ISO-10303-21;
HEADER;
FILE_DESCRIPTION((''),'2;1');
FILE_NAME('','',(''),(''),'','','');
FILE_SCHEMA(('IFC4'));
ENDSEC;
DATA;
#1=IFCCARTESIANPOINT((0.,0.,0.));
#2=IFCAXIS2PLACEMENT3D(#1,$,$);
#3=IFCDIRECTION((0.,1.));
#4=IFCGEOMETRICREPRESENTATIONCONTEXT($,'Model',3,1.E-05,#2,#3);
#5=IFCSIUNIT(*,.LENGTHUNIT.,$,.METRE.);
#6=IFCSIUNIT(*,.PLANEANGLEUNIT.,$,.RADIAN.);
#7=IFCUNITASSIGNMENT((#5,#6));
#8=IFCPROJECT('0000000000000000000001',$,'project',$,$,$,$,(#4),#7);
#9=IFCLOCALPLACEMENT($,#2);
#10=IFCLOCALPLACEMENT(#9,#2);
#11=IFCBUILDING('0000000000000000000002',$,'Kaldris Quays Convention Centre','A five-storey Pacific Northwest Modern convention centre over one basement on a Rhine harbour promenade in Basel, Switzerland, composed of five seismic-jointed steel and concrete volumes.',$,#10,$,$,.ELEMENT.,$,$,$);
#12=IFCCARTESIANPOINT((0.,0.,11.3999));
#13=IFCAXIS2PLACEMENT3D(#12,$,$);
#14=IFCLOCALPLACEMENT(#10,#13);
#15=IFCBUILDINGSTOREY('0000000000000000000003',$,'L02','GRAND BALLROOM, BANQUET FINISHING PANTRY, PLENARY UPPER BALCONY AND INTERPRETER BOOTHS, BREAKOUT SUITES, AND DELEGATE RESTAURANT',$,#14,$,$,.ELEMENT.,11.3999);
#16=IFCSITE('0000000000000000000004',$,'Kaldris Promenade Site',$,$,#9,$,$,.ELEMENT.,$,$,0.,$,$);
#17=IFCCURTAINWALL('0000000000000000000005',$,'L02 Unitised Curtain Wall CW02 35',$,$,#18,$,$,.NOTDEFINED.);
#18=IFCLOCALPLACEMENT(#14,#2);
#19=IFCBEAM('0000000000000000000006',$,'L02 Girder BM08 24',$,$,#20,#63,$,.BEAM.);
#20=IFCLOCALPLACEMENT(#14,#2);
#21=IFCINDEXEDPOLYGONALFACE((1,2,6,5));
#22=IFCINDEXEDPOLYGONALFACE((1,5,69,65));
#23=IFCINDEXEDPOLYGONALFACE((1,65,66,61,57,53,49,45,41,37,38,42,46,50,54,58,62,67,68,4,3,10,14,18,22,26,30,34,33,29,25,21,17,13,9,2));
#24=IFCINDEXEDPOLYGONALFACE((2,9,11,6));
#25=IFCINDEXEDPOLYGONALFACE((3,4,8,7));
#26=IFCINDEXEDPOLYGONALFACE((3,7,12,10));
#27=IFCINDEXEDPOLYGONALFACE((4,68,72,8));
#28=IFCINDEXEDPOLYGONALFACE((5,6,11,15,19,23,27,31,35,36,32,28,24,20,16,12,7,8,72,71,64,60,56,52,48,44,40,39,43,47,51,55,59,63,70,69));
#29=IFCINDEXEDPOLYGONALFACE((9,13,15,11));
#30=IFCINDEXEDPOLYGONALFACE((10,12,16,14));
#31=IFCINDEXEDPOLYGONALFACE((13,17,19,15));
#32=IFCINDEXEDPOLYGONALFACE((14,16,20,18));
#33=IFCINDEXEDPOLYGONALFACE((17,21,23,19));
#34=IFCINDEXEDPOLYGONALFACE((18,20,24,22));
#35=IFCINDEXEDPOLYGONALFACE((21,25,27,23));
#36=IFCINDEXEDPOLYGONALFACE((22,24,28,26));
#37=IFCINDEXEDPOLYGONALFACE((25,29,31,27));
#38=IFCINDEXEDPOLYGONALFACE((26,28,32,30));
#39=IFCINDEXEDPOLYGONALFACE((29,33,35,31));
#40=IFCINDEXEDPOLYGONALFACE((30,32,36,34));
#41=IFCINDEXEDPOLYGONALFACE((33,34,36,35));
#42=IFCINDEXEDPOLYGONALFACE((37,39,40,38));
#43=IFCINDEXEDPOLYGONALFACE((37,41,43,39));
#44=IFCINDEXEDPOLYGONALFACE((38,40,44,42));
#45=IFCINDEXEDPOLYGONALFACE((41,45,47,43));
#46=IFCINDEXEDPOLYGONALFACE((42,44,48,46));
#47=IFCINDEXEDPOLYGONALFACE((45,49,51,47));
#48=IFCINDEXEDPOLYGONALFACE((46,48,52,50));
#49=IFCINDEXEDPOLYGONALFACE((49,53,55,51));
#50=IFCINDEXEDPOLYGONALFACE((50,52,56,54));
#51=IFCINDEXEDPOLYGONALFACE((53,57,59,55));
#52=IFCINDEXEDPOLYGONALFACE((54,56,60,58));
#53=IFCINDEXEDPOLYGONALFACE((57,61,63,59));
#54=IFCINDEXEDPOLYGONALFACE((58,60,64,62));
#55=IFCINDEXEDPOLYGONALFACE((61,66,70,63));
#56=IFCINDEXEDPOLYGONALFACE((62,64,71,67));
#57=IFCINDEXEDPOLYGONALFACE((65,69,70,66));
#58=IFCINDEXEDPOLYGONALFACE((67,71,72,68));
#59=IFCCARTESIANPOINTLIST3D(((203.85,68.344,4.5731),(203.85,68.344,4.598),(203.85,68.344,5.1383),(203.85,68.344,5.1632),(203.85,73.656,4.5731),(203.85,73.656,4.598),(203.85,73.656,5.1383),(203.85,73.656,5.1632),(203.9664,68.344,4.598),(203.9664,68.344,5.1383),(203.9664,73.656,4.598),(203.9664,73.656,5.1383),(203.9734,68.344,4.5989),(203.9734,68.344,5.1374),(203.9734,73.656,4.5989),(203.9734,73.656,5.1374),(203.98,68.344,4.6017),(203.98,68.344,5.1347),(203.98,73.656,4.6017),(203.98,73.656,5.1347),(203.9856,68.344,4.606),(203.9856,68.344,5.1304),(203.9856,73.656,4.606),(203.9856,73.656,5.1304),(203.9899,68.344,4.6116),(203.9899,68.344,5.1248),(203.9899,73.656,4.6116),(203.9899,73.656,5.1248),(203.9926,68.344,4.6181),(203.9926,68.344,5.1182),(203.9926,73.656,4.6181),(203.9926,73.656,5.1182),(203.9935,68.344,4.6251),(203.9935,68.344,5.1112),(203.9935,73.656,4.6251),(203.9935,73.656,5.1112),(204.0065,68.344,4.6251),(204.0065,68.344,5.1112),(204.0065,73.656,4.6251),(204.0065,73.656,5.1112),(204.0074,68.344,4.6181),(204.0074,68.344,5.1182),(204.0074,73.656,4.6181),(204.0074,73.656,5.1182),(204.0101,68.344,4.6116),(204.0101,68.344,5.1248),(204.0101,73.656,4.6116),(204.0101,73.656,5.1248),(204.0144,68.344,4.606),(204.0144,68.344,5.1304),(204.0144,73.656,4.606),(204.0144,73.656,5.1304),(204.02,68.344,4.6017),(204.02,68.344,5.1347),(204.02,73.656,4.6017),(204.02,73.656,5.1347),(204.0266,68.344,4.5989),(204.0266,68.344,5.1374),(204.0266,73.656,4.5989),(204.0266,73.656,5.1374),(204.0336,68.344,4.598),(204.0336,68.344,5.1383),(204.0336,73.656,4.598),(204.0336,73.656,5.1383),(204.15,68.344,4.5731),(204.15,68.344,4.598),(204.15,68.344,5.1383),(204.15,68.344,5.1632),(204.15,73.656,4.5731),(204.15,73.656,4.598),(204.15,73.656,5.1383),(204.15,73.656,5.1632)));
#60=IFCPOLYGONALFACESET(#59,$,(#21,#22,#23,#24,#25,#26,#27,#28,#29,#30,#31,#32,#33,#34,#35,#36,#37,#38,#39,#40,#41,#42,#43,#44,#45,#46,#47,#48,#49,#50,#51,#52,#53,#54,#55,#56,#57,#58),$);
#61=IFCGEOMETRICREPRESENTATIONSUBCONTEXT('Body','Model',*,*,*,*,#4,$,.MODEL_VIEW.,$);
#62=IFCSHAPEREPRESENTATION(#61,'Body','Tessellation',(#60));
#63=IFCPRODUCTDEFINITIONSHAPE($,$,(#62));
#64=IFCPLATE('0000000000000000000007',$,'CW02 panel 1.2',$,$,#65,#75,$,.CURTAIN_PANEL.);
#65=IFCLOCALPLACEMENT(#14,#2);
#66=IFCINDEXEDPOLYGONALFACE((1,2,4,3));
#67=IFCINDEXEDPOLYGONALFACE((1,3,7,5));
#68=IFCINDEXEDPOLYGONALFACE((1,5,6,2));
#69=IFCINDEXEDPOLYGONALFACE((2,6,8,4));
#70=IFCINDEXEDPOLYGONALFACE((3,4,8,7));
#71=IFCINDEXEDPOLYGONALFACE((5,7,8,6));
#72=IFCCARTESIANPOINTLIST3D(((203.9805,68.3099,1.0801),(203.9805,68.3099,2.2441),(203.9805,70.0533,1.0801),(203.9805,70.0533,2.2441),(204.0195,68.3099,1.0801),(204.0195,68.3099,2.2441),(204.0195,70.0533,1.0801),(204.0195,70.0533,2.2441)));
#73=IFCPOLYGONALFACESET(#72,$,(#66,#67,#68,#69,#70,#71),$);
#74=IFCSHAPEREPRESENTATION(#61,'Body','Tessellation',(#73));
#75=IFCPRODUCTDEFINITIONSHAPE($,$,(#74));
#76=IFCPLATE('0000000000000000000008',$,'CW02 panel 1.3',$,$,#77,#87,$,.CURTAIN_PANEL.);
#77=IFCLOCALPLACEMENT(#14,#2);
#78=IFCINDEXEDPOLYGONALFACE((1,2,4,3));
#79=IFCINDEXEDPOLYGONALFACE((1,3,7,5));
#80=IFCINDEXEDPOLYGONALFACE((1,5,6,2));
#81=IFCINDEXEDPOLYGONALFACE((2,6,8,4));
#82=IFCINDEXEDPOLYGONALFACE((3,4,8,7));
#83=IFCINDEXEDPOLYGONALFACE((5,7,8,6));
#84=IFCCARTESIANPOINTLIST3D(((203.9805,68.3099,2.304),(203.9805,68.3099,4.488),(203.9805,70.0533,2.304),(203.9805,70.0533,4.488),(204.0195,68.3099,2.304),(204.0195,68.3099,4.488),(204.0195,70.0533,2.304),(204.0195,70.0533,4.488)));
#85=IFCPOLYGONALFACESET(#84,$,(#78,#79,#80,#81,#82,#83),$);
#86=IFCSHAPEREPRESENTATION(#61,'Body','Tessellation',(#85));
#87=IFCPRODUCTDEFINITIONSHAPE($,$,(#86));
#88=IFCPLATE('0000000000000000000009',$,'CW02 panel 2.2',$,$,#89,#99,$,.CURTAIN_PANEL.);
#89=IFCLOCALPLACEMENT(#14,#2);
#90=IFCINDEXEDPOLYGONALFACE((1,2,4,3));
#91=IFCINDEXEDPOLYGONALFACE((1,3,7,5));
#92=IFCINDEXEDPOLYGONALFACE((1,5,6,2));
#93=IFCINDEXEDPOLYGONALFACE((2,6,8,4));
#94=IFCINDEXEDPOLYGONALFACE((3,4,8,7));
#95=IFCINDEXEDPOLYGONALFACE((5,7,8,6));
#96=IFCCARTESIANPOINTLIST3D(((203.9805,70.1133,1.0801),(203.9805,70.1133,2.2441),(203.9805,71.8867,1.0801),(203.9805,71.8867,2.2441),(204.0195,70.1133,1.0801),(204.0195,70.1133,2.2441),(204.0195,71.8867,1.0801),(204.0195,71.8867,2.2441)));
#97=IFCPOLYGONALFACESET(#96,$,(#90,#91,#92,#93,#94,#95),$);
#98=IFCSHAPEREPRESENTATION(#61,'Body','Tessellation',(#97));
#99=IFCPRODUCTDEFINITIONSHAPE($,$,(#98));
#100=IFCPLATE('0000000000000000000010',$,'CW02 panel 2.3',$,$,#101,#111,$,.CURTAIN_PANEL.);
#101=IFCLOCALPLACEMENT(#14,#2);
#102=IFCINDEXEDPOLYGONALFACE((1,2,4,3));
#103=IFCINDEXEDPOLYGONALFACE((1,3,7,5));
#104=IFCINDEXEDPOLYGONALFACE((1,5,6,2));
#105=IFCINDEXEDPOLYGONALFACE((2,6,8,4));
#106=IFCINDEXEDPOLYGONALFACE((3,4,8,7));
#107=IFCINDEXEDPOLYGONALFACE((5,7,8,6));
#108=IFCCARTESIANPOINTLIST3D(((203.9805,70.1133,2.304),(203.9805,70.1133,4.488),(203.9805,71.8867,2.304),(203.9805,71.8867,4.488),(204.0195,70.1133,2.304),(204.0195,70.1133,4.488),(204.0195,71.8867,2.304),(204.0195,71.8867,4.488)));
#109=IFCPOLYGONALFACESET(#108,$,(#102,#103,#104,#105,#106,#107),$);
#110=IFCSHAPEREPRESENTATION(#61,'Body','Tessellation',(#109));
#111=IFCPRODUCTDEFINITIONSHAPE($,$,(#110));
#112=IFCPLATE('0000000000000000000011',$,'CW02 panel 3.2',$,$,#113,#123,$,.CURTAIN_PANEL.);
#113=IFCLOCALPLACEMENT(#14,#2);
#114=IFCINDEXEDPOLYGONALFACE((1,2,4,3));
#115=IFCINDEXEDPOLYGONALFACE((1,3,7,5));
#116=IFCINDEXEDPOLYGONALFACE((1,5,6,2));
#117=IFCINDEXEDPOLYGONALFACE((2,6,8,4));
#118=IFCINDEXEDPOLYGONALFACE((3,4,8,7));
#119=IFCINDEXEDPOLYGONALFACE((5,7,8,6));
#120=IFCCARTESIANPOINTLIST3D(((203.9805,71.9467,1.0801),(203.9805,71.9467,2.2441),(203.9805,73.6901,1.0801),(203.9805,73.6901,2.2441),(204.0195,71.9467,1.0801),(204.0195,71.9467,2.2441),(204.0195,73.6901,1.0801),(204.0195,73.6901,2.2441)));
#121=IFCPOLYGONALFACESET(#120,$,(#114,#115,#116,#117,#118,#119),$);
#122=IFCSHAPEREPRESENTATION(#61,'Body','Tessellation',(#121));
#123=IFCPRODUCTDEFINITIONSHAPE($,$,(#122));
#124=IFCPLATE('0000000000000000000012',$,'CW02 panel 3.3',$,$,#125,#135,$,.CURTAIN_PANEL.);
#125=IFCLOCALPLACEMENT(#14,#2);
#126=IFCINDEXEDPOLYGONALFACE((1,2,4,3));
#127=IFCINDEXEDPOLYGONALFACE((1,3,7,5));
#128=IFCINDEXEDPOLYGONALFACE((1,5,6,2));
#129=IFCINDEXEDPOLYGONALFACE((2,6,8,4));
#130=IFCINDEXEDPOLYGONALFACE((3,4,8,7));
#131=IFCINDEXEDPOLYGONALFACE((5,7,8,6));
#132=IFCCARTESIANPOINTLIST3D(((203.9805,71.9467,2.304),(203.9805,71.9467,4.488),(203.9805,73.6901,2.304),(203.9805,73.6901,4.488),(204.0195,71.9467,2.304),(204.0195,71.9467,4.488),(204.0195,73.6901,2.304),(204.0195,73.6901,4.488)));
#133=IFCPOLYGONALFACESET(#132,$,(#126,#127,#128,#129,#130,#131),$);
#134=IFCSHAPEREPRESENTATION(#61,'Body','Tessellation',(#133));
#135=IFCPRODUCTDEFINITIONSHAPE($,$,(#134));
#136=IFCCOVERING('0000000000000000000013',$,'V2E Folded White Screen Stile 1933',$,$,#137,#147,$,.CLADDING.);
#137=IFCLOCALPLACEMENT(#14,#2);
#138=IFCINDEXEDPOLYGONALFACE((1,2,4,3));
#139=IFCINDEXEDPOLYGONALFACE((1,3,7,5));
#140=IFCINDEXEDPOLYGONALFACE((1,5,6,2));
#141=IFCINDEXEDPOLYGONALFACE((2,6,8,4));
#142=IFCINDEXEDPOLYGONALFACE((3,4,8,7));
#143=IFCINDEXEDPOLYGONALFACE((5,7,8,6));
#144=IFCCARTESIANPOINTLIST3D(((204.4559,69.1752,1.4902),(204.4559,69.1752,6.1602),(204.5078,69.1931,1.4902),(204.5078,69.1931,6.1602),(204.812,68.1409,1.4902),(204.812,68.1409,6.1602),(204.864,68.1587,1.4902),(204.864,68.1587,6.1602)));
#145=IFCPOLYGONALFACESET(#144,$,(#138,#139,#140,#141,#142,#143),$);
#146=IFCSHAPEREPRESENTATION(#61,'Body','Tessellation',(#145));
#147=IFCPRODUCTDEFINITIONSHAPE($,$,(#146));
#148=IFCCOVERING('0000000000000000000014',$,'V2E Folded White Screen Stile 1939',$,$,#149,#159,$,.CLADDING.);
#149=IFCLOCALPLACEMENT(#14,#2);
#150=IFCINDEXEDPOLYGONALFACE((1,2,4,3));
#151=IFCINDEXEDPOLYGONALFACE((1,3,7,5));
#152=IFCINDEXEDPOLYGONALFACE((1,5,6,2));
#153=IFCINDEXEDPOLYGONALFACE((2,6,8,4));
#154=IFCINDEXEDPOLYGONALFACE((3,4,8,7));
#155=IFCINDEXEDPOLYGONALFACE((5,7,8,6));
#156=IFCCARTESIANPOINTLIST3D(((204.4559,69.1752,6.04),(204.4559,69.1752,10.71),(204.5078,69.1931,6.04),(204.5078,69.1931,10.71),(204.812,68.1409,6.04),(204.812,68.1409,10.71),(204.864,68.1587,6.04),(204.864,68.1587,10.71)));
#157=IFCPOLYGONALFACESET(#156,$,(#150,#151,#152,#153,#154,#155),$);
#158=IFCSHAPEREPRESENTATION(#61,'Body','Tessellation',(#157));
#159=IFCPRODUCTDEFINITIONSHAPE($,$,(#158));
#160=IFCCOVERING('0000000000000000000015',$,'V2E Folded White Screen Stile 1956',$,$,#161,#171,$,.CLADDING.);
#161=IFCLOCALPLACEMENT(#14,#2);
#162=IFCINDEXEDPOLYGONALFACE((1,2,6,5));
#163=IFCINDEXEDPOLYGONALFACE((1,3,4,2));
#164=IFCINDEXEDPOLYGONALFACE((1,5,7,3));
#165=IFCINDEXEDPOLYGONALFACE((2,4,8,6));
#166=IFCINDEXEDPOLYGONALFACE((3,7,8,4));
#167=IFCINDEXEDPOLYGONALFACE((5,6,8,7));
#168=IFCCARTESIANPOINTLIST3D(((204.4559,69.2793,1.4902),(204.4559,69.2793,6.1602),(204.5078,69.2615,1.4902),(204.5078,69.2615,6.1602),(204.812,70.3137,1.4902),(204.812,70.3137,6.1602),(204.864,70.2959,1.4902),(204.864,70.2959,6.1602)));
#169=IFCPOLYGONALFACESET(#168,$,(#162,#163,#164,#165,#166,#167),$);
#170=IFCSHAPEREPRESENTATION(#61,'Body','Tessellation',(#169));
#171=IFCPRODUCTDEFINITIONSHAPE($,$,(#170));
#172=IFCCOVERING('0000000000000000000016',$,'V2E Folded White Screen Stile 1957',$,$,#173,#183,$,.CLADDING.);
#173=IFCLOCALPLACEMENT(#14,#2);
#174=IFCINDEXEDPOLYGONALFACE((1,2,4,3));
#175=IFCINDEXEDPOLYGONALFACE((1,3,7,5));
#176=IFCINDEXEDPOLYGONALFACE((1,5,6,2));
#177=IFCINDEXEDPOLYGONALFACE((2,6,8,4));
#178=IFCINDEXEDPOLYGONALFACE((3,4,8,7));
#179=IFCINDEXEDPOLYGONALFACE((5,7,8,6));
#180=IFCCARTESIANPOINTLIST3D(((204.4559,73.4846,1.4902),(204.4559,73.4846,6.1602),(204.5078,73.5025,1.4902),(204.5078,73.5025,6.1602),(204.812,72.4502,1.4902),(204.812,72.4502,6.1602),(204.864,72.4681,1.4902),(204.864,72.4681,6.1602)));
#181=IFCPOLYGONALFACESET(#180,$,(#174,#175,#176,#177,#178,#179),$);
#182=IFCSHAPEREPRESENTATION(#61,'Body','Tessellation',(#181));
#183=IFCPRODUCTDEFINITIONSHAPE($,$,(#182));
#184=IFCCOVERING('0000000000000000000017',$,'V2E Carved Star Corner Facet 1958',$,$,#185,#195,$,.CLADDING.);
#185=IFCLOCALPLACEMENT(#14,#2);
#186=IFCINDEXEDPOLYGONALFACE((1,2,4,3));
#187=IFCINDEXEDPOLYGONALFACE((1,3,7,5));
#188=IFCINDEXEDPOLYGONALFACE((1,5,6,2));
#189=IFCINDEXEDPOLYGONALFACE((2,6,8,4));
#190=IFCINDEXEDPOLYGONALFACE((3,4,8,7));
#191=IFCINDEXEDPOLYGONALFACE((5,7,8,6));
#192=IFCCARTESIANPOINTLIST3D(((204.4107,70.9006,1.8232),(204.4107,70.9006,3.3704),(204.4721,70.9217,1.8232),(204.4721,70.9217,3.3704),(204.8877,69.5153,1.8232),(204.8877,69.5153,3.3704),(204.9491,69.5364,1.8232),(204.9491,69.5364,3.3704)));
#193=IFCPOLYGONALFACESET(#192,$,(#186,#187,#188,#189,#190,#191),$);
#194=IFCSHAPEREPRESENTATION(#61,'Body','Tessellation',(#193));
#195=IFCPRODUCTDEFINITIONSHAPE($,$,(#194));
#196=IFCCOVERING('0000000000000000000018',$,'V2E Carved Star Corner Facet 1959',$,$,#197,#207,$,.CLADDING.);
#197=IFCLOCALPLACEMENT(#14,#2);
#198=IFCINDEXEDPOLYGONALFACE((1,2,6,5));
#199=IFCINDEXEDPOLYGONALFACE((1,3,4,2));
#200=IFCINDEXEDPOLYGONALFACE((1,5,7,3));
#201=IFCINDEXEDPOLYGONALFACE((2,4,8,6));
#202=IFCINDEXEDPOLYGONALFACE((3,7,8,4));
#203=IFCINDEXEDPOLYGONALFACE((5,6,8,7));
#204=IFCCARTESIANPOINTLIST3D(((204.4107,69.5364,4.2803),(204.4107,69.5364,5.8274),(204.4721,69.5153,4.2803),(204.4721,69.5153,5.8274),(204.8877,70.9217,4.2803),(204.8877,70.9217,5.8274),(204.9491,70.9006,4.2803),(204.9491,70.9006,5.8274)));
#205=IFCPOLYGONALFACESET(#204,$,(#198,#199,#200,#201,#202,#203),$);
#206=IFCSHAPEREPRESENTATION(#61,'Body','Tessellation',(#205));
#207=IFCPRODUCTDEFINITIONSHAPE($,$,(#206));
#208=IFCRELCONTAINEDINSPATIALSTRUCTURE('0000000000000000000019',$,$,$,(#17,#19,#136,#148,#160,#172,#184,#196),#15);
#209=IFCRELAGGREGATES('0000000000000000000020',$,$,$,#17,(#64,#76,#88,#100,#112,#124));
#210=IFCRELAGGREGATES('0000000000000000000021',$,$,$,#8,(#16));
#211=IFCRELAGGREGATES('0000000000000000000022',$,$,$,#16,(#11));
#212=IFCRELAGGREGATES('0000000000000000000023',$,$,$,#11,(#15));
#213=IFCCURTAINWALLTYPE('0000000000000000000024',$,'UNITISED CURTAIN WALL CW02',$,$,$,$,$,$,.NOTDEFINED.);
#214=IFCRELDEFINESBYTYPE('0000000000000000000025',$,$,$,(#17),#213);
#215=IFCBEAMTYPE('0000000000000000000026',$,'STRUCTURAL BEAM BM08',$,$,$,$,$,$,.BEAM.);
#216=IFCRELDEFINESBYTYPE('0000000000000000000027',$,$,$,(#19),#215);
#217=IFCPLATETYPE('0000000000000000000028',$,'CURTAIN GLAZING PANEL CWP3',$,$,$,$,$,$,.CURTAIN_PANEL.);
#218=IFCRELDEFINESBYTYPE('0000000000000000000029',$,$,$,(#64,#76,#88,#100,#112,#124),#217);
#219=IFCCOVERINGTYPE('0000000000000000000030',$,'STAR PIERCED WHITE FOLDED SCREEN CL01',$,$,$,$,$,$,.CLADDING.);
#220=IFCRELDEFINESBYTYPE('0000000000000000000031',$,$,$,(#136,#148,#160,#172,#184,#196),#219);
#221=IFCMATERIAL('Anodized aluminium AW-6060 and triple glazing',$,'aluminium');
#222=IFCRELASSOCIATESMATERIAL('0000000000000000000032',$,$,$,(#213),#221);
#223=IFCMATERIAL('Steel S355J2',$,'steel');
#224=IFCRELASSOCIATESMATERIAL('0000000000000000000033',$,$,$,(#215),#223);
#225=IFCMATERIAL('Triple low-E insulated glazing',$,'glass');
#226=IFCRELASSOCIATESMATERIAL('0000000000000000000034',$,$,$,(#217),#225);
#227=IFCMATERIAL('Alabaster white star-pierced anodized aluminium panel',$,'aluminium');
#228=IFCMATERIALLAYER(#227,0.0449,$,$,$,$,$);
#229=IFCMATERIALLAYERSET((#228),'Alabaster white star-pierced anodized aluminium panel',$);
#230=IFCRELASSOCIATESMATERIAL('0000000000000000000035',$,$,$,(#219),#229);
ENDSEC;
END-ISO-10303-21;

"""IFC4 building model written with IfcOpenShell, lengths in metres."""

from ifc_helpers import new_model, si_unit, direction, frame, origin, origin_2d, place, context, subcontext, project, spatial, rectangle, i_section, extrude, material, layer, layer_set, material_profile, profile_set, type_object, element, aggregate, save


model = new_model("IFC4")

# Units and contexts
model_context = context("Model", 3, precision=1e-05, world=origin(), true_north=direction((0.0, 1.0)))
body_context = subcontext(model_context, "Body", "Model", "MODEL_VIEW")
ifc_project = project(units=[si_unit("LENGTHUNIT", "METRE"), si_unit("PLANEANGLEUNIT", "RADIAN")], contexts=[model_context])

# Site, building, storey
site_placement = place(None, origin())
site = spatial("IfcSite", under=ifc_project, at=site_placement, Name="Kaldris Promenade Site", CompositionType="ELEMENT", RefElevation=0.0)
building_placement = place(site_placement, origin())
building = spatial("IfcBuilding", under=site, at=building_placement, Name="Kaldris Quays Convention Centre", Description="A five-storey Pacific Northwest Modern convention centre over one basement on a Rhine harbour promenade in Basel, Switzerland, composed of five seismic-jointed steel and concrete volumes.", CompositionType="ELEMENT")
storey_placement = place(building_placement, frame((0.0, 0.0, 11.3999)))
storey = spatial("IfcBuildingStorey", under=building, at=storey_placement, Name="L02", Description="GRAND BALLROOM, BANQUET FINISHING PANTRY, PLENARY UPPER BALCONY AND INTERPRETER BOOTHS, BREAKOUT SUITES, AND DELEGATE RESTAURANT", CompositionType="ELEMENT", Elevation=11.3999)

# Curtain wall
ifc_material_1 = material(Name="Anodized aluminium AW-6060 and triple glazing", Category="aluminium")
curtain_wall_type = type_object("IfcCurtainWallType", Name="UNITISED CURTAIN WALL CW02", PredefinedType="NOTDEFINED", material=ifc_material_1)
curtain_wall_placement = place(storey_placement, origin())
curtain_wall = element("IfcCurtainWall", 1, at=curtain_wall_placement, inside=storey, type_object=curtain_wall_type, Name="L02 Unitised Curtain Wall CW02 35", PredefinedType="NOTDEFINED")

# Beam
ifc_material_2 = material(Name="Steel S355J2", Category="steel")
ifc_material_profile_1 = material_profile(ifc_material_2, i_section(OverallWidth=0.3, OverallDepth=0.5901, WebThickness=0.0129, FlangeThickness=0.0249, FilletRadius=0.0271, at=origin_2d()), Name="HEA 600")
ifc_profile_set_1 = profile_set([ifc_material_profile_1], Name="Steel S355J2")
beam_type = type_object("IfcBeamType", Name="STRUCTURAL BEAM BM08", PredefinedType="BEAM", material=ifc_profile_set_1)
beam_placement = place(storey_placement, frame((204.0, 68.344, 4.8682), z_axis=(0.0, 1.0, 0.0), x_axis=(-1.0, 0.0, 0.0)))
element("IfcBeam", 2, at=beam_placement, inside=storey, type_object=beam_type, Name="L02 Girder BM08 24", PredefinedType="BEAM", context=body_context, shape_type="SweptSolid", body=[
    extrude(i_section(OverallWidth=0.3, OverallDepth=0.5901, WebThickness=0.0129, FlangeThickness=0.0249, FilletRadius=0.0271, at=origin_2d()), origin(), (0.0, 0.0, 1.0), 5.312),
])

# Plates
ifc_material_3 = material(Name="Triple low-E insulated glazing", Category="glass")
plate_type = type_object("IfcPlateType", Name="CURTAIN GLAZING PANEL CWP3", PredefinedType="CURTAIN_PANEL", material=ifc_material_3)
plate_1_placement = place(storey_placement, frame((204.0, 69.1816, 1.0801), z_axis=(0.0, 0.0, 1.0), x_axis=(0.0, 1.0, 0.0)))
plate_1 = element("IfcPlate", 3, at=plate_1_placement, type_object=plate_type, Name="CW02 panel 1.2", PredefinedType="CURTAIN_PANEL", context=body_context, shape_type="SweptSolid", body=[
    extrude(rectangle(XDim=1.7434, YDim=0.0391, at=origin_2d()), origin(), (0.0, 0.0, 1.0), 1.1641),
])
plate_2_placement = place(storey_placement, frame((204.0, 69.1816, 2.304), z_axis=(0.0, 0.0, 1.0), x_axis=(0.0, 1.0, 0.0)))
plate_2 = element("IfcPlate", 4, at=plate_2_placement, type_object=plate_type, Name="CW02 panel 1.3", PredefinedType="CURTAIN_PANEL", context=body_context, shape_type="SweptSolid", body=[
    extrude(rectangle(XDim=1.7434, YDim=0.0391, at=origin_2d()), origin(), (0.0, 0.0, 1.0), 2.1841),
])
plate_3_placement = place(storey_placement, frame((204.0, 71.0, 1.0801), z_axis=(0.0, 0.0, 1.0), x_axis=(0.0, 1.0, 0.0)))
plate_3 = element("IfcPlate", 5, at=plate_3_placement, type_object=plate_type, Name="CW02 panel 2.2", PredefinedType="CURTAIN_PANEL", context=body_context, shape_type="SweptSolid", body=[
    extrude(rectangle(XDim=1.7734, YDim=0.0391, at=origin_2d()), origin(), (0.0, 0.0, 1.0), 1.1641),
])
plate_4_placement = place(storey_placement, frame((204.0, 71.0, 2.304), z_axis=(0.0, 0.0, 1.0), x_axis=(0.0, 1.0, 0.0)))
plate_4 = element("IfcPlate", 6, at=plate_4_placement, type_object=plate_type, Name="CW02 panel 2.3", PredefinedType="CURTAIN_PANEL", context=body_context, shape_type="SweptSolid", body=[
    extrude(rectangle(XDim=1.7734, YDim=0.0391, at=origin_2d()), origin(), (0.0, 0.0, 1.0), 2.1841),
])
plate_5_placement = place(storey_placement, frame((204.0, 72.8184, 1.0801), z_axis=(0.0, 0.0, 1.0), x_axis=(0.0, 1.0, 0.0)))
plate_5 = element("IfcPlate", 7, at=plate_5_placement, type_object=plate_type, Name="CW02 panel 3.2", PredefinedType="CURTAIN_PANEL", context=body_context, shape_type="SweptSolid", body=[
    extrude(rectangle(XDim=1.7434, YDim=0.0391, at=origin_2d()), origin(), (0.0, 0.0, 1.0), 1.1641),
])
plate_6_placement = place(storey_placement, frame((204.0, 72.8184, 2.304), z_axis=(0.0, 0.0, 1.0), x_axis=(0.0, 1.0, 0.0)))
plate_6 = element("IfcPlate", 8, at=plate_6_placement, type_object=plate_type, Name="CW02 panel 3.3", PredefinedType="CURTAIN_PANEL", context=body_context, shape_type="SweptSolid", body=[
    extrude(rectangle(XDim=1.7434, YDim=0.0391, at=origin_2d()), origin(), (0.0, 0.0, 1.0), 2.1841),
])
aggregate(curtain_wall, [plate_1, plate_2, plate_3, plate_4, plate_5, plate_6])

# Coverings
ifc_material_4 = material(Name="Alabaster white star-pierced anodized aluminium panel", Category="aluminium")
ifc_layer = layer(ifc_material_4, 0.0449)
ifc_layer_set = layer_set([ifc_layer], Name="Alabaster white star-pierced anodized aluminium panel")
covering_type = type_object("IfcCoveringType", Name="STAR PIERCED WHITE FOLDED SCREEN CL01", PredefinedType="CLADDING", material=ifc_layer_set)
for number, where, z_axis, x_axis, name in (
    (9, (204.6599, 68.667, 1.4902), (0.0, 0.0, 1.0), (-0.325568, 0.945519, 0.0), "V2E Folded White Screen Stile 1933"),
    (10, (204.6599, 68.667, 6.04), (0.0, 0.0, 1.0), (-0.325568, 0.945519, 0.0), "V2E Folded White Screen Stile 1939"),
    (11, (204.6599, 69.7876, 1.4902), (0.0, 0.0, 1.0), (0.325568, 0.945519, 0.0), "V2E Folded White Screen Stile 1956"),
    (12, (204.6599, 72.9763, 1.4902), (0.0, 0.0, 1.0), (-0.325568, 0.945519, 0.0), "V2E Folded White Screen Stile 1957"),
):
    element("IfcCovering", number, at=place(storey_placement, frame(where, z_axis=z_axis, x_axis=x_axis)), inside=storey, type_object=covering_type, Name=name, PredefinedType="CLADDING", context=body_context, shape_type="SweptSolid", body=[
        extrude(rectangle(XDim=1.094, YDim=0.0549, at=origin_2d()), origin(), (0.0, 0.0, 1.0), 4.6699),
    ])
for number, where, z_axis, x_axis, name in (
    (13, (204.6799, 70.2185, 1.8232), (0.0, 0.0, 1.0), (-0.325568, 0.945519, 0.0), "V2E Carved Star Corner Facet 1958"),
    (14, (204.6799, 70.2185, 4.2803), (0.0, 0.0, 1.0), (0.325568, 0.945519, 0.0), "V2E Carved Star Corner Facet 1959"),
):
    element("IfcCovering", number, at=place(storey_placement, frame(where, z_axis=z_axis, x_axis=x_axis)), inside=storey, type_object=covering_type, Name=name, PredefinedType="CLADDING", context=body_context, shape_type="SweptSolid", body=[
        extrude(rectangle(XDim=1.4651, YDim=0.0649, at=origin_2d()), origin(), (0.0, 0.0, 1.0), 1.5471),
    ])

save(model, "model.ifc")
